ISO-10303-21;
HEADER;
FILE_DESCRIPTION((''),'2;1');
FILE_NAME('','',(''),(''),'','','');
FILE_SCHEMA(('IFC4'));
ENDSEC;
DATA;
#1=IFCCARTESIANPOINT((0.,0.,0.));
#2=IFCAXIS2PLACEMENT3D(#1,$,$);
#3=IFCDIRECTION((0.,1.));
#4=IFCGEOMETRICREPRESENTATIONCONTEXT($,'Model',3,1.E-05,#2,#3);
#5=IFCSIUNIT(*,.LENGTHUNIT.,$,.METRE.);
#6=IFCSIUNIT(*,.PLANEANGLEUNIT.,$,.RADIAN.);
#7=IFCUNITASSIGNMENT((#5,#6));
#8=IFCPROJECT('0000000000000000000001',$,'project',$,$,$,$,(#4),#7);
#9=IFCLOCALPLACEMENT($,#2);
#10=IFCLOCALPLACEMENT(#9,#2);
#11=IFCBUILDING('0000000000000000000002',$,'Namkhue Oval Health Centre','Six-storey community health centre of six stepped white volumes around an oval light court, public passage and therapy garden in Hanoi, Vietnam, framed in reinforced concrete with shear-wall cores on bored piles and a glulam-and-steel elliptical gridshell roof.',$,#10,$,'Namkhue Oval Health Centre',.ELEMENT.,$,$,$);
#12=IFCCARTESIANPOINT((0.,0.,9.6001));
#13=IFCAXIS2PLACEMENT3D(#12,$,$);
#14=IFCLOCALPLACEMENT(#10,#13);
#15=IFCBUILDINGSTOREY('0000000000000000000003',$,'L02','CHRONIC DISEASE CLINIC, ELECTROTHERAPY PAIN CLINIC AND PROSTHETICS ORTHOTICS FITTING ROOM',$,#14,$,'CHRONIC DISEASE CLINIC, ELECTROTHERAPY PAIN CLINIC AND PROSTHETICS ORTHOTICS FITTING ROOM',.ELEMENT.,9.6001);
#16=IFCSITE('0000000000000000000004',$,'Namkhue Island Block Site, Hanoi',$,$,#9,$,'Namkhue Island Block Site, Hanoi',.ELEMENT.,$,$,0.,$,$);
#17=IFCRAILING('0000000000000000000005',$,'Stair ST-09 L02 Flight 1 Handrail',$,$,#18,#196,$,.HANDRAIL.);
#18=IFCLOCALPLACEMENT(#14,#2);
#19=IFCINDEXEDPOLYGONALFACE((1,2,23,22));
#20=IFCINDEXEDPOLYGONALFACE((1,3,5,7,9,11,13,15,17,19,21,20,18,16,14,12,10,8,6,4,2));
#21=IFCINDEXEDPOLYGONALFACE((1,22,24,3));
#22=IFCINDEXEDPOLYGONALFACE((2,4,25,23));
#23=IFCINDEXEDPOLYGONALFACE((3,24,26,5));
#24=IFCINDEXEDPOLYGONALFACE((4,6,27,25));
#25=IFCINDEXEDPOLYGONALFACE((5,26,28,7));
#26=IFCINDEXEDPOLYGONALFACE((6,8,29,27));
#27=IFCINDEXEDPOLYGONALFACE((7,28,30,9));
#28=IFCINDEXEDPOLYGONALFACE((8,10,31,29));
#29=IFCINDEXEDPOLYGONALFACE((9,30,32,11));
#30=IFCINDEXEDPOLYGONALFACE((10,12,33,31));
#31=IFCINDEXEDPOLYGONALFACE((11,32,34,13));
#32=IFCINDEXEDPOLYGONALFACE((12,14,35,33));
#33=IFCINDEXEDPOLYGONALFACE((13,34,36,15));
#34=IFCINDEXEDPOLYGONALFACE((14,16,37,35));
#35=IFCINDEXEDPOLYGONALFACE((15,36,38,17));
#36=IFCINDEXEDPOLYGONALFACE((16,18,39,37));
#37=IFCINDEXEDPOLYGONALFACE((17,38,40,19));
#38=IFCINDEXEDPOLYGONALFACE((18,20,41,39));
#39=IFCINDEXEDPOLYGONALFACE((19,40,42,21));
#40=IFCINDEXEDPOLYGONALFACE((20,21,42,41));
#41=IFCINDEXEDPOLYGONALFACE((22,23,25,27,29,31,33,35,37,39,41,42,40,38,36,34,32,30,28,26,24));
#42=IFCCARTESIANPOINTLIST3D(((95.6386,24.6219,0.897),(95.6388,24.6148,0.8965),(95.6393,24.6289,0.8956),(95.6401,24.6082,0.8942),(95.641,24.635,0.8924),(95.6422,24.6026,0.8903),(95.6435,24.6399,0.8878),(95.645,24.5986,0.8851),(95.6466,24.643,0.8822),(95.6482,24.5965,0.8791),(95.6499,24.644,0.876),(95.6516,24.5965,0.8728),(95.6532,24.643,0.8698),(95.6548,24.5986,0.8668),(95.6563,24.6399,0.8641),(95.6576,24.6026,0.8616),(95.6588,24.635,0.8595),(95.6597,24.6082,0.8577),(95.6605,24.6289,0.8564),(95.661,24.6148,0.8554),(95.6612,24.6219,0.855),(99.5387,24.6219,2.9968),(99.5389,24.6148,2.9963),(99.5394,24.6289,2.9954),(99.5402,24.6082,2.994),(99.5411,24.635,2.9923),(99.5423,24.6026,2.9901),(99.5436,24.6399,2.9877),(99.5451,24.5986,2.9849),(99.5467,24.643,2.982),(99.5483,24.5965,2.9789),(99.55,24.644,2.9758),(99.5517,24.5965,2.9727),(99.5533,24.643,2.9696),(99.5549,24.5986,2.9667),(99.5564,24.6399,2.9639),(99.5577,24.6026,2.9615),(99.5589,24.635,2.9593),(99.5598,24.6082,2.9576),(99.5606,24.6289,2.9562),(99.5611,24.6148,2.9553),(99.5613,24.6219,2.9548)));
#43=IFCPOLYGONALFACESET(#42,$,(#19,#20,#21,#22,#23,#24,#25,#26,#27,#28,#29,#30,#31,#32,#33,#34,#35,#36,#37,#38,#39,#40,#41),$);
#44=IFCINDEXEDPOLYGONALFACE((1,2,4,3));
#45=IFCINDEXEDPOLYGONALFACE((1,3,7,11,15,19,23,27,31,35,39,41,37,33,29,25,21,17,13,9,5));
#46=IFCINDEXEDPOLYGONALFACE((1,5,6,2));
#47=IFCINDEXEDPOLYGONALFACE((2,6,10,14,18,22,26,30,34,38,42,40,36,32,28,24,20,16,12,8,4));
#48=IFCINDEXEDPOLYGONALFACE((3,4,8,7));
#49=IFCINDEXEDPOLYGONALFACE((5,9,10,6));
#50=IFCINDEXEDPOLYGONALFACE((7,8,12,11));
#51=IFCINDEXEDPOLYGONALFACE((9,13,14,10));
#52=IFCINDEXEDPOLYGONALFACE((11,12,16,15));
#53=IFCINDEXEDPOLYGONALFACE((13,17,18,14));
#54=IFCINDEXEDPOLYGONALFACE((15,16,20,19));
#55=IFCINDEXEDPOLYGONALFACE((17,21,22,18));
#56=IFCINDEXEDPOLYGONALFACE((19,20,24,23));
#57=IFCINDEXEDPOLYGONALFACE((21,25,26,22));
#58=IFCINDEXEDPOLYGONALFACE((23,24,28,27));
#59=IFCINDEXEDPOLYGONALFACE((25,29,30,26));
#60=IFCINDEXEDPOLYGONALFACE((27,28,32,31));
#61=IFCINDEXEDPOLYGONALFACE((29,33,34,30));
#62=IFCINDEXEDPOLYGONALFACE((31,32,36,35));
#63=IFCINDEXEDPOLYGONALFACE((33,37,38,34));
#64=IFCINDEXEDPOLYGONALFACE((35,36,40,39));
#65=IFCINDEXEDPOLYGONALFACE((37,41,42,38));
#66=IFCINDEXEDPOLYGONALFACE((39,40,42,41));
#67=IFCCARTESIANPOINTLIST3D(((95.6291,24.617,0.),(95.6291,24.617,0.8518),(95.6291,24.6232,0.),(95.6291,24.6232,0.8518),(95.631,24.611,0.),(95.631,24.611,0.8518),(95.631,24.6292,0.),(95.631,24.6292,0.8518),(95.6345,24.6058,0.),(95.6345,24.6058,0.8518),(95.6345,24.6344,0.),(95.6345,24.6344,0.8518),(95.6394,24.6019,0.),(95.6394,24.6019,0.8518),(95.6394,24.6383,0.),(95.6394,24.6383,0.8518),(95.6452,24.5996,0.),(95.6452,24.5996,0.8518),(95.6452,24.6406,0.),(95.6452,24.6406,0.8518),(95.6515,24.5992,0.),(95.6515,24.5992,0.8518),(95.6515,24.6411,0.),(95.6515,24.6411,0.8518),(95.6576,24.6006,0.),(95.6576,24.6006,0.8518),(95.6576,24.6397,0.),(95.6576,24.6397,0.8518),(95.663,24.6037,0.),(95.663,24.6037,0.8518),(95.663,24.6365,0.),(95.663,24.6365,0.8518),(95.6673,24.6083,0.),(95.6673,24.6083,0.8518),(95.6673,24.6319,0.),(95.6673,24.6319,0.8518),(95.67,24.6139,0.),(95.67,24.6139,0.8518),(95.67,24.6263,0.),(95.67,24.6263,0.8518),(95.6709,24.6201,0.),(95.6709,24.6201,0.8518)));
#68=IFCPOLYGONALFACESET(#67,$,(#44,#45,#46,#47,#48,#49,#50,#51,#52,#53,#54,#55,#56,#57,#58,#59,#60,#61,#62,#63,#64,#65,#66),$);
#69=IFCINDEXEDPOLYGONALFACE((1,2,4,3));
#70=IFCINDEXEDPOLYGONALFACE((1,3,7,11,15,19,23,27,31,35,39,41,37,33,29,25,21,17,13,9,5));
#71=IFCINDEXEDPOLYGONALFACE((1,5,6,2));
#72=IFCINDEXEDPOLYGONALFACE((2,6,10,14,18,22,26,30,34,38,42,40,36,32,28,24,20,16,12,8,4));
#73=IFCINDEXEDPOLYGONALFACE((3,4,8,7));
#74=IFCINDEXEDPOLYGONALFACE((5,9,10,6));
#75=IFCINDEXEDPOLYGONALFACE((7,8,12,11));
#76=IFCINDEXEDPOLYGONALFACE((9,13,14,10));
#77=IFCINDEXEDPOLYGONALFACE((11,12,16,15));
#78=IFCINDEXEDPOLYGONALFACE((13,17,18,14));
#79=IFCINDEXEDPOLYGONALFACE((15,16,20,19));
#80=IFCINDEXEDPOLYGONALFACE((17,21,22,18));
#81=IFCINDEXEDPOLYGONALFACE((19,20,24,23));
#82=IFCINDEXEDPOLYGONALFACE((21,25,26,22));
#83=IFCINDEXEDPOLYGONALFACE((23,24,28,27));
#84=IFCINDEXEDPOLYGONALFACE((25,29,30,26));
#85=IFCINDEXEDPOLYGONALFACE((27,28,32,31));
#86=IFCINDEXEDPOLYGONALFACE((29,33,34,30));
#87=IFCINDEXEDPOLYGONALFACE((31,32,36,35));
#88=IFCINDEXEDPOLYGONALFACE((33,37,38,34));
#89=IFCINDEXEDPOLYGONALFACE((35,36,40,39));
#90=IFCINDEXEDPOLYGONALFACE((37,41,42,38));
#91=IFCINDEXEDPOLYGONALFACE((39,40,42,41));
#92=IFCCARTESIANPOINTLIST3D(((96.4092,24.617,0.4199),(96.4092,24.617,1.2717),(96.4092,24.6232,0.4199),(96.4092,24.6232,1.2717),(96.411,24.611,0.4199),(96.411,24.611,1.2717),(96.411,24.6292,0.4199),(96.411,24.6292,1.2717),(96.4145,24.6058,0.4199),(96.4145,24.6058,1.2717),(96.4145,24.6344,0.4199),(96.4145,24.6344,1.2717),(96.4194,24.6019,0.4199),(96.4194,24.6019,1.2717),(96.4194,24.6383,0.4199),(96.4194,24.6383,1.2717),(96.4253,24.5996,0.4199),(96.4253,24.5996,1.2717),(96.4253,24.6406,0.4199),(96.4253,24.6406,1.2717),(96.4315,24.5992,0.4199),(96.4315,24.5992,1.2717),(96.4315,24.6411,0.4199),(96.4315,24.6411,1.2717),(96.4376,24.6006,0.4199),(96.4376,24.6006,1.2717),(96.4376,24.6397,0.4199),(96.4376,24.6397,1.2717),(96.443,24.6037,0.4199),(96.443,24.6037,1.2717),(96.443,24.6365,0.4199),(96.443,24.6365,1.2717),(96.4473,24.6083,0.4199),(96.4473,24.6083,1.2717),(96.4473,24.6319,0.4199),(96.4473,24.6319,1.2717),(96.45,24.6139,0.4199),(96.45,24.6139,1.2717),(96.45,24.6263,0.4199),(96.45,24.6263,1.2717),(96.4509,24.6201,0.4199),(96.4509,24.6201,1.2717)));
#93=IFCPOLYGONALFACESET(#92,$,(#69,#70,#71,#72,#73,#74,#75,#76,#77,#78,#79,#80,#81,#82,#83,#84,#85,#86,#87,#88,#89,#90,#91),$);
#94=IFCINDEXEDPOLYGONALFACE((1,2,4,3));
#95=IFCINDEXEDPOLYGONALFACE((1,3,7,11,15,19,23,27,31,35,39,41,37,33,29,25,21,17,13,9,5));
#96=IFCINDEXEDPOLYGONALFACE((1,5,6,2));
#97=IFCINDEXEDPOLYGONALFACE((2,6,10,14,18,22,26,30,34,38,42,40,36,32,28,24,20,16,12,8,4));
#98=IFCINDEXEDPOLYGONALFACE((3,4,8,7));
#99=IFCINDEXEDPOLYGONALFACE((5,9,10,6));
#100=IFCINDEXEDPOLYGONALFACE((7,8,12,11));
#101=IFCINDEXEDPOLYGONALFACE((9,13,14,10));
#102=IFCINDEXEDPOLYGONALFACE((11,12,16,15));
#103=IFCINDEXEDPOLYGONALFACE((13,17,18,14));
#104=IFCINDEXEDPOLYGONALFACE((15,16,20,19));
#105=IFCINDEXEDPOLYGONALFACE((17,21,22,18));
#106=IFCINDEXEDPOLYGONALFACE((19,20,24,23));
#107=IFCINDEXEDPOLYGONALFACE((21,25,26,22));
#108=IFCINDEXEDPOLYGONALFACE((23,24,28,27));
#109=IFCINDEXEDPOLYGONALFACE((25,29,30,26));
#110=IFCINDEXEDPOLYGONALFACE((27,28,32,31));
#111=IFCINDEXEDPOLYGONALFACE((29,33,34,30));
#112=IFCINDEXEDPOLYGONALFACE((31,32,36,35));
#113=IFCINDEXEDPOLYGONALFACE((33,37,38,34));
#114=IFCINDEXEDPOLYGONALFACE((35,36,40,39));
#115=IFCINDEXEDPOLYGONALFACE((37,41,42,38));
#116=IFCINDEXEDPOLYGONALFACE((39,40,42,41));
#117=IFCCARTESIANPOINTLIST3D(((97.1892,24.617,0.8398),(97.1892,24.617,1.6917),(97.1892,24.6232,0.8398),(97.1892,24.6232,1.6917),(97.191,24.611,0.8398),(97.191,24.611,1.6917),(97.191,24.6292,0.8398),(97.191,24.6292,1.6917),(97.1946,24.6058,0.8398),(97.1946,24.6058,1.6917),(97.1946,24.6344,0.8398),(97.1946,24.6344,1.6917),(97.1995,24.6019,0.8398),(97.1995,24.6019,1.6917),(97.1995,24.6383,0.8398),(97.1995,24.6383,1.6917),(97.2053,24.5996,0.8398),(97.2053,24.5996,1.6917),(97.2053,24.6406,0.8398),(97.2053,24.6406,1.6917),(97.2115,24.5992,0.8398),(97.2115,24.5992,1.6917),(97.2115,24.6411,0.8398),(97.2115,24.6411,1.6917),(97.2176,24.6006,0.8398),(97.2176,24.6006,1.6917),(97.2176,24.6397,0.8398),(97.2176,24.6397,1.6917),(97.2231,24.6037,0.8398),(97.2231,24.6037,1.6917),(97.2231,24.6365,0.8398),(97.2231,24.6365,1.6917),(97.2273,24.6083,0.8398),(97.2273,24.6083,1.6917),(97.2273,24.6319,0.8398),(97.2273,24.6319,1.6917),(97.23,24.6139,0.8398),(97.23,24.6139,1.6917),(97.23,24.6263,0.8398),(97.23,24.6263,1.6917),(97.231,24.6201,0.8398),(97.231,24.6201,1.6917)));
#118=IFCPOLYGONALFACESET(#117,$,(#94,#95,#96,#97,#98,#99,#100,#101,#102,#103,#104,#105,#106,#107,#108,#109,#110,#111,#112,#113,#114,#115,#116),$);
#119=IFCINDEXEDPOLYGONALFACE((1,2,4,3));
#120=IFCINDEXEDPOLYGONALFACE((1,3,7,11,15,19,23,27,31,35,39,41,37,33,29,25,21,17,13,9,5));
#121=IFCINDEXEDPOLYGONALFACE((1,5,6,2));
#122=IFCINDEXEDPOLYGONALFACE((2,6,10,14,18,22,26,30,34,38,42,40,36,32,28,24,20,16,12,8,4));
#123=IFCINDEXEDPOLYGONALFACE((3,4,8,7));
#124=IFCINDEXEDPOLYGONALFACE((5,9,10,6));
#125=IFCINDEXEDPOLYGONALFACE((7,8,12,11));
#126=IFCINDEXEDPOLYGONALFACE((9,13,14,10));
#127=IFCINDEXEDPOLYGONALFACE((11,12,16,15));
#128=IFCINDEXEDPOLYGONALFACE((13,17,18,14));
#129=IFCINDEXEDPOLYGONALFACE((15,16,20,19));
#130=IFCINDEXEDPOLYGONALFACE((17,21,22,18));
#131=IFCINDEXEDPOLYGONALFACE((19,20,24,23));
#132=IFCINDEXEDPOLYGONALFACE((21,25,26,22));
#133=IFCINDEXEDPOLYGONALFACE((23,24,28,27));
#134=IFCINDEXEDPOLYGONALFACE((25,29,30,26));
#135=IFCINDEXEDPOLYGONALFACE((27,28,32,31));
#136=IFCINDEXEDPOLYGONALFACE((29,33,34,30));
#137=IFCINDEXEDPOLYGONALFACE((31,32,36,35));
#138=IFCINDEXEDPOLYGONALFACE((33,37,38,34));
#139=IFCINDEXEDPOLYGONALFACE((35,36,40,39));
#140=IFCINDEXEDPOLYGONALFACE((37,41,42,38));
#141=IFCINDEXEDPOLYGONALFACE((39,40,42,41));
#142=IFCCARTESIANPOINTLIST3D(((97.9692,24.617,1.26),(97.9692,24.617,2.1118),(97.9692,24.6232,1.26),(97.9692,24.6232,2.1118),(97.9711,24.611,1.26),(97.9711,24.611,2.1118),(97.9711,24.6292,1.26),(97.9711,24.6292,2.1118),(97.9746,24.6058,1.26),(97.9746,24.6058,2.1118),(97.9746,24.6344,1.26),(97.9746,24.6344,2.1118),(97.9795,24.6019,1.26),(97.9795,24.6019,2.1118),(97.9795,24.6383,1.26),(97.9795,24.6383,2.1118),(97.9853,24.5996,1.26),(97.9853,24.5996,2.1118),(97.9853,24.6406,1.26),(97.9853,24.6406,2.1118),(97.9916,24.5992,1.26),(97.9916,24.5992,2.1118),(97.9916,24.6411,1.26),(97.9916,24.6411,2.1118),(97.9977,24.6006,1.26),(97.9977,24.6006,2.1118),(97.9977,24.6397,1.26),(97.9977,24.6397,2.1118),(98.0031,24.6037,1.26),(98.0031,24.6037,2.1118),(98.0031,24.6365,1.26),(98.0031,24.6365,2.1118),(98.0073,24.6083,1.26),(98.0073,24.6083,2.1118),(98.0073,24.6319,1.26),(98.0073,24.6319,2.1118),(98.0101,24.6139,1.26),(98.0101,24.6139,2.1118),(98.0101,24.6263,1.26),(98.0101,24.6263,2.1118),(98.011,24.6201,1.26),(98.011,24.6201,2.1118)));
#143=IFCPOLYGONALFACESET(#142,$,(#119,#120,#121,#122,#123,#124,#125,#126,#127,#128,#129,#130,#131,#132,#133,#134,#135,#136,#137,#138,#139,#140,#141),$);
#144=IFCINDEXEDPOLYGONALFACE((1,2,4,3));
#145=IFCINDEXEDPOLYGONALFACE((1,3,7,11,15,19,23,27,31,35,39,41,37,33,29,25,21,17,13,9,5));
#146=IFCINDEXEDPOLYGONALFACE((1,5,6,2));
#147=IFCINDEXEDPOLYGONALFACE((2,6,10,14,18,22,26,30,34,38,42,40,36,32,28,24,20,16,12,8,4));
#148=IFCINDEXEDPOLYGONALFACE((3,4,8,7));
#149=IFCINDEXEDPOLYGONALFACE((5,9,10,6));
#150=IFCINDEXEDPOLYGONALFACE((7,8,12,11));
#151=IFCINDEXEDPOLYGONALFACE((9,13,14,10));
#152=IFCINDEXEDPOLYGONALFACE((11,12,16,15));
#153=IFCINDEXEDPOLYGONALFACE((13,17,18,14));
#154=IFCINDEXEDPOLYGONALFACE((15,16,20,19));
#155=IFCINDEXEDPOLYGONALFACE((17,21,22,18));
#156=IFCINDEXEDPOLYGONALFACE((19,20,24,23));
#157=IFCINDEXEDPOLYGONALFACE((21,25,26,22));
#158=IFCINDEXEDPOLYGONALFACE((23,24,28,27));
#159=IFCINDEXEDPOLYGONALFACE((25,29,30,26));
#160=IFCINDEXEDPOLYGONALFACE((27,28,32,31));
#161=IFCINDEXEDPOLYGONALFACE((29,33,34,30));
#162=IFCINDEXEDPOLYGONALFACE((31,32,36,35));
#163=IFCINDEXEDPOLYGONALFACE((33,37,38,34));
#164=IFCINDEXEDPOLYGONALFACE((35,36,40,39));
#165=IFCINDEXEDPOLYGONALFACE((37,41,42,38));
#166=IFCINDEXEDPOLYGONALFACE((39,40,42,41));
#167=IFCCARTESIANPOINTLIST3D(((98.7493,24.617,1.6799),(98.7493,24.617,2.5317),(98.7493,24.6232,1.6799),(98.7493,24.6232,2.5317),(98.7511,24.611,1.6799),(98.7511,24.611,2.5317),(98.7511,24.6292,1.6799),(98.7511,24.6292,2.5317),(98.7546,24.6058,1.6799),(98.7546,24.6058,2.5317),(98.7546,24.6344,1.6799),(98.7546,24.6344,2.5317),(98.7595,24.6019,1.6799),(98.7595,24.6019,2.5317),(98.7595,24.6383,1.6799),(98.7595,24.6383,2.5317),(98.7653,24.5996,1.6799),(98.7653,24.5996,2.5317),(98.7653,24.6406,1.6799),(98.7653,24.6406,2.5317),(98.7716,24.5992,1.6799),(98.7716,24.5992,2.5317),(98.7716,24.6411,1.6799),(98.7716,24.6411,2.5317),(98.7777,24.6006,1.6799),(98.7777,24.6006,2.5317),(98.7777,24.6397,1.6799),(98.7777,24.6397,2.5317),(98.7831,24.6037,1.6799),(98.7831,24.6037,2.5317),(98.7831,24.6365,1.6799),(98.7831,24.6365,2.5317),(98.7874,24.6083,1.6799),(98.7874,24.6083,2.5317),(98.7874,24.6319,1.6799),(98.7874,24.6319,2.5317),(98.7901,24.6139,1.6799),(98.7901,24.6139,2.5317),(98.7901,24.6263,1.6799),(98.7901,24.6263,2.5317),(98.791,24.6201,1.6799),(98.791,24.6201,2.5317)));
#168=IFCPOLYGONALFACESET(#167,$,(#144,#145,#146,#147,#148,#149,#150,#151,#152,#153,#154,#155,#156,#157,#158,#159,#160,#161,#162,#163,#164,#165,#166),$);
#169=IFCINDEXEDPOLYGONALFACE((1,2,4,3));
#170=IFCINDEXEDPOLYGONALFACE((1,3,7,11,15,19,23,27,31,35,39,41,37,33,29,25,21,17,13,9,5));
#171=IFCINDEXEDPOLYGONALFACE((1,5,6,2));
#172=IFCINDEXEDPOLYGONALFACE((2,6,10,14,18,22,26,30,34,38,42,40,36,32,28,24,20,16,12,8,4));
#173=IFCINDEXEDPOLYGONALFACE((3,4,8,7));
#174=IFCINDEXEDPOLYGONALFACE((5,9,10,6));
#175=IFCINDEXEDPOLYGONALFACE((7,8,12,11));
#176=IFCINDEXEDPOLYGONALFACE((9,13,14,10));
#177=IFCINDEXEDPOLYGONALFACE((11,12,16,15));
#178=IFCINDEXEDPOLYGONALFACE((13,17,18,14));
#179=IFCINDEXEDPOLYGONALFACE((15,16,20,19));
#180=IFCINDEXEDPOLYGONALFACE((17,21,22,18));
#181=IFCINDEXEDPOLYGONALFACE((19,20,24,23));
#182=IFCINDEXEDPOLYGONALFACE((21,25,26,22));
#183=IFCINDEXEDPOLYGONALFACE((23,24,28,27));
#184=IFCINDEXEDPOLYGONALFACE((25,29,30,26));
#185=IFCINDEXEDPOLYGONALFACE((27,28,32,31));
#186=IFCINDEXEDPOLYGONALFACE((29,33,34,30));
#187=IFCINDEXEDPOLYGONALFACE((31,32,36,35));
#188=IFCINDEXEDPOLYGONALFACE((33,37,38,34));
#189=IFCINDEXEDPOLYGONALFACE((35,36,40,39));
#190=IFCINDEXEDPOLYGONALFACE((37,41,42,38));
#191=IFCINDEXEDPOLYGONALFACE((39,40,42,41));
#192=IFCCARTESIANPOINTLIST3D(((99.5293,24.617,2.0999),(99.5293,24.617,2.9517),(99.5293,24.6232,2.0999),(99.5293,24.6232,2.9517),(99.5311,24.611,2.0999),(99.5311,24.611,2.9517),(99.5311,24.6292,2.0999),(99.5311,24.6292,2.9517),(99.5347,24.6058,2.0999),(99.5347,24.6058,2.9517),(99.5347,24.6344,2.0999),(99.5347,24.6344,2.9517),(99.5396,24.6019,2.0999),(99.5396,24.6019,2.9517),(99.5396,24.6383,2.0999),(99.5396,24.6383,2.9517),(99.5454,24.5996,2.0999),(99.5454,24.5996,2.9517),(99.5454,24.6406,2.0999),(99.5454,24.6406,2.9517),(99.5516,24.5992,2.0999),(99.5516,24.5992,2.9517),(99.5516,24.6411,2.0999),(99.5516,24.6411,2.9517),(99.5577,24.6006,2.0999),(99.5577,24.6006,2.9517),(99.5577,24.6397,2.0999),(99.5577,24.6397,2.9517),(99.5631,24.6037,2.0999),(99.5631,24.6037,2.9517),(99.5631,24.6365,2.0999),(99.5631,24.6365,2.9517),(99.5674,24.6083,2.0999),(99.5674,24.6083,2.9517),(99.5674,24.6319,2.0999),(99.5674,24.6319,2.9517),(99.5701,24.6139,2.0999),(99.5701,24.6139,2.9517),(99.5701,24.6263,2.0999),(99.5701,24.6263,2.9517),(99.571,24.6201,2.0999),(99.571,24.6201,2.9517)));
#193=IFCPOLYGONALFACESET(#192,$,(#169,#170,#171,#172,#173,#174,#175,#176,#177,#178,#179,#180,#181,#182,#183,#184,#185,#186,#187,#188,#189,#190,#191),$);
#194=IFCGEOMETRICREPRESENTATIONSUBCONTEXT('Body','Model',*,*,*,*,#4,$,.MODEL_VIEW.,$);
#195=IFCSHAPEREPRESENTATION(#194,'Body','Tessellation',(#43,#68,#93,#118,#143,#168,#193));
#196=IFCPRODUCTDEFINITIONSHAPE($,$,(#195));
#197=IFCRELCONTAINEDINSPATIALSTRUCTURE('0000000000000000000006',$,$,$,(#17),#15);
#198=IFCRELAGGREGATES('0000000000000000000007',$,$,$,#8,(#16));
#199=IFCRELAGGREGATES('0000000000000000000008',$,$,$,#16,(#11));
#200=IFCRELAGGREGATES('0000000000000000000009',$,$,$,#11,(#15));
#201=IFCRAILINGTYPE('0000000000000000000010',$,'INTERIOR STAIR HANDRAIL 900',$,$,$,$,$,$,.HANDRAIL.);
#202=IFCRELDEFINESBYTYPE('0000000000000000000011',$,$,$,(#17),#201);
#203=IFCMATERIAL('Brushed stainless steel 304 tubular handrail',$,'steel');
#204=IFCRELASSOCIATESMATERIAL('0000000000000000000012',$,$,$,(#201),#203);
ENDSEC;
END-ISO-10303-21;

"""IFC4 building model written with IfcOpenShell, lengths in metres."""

from ifc_helpers import new_model, si_unit, direction, frame, origin, origin_2d, place, context, subcontext, project, spatial, circle, extrude, material, type_object, element, save


model = new_model("IFC4")

# Units and contexts
model_context = context("Model", 3, precision=1e-05, world=origin(), true_north=direction((0.0, 1.0)))
body_context = subcontext(model_context, "Body", "Model", "MODEL_VIEW")
ifc_project = project(units=[si_unit("LENGTHUNIT", "METRE"), si_unit("PLANEANGLEUNIT", "RADIAN")], contexts=[model_context])

# Site, building, storey
site_placement = place(None, origin())
site = spatial("IfcSite", under=ifc_project, at=site_placement, Name="Namkhue Island Block Site, Hanoi", LongName="Namkhue Island Block Site, Hanoi", CompositionType="ELEMENT", RefElevation=0.0)
building_placement = place(site_placement, origin())
building = spatial("IfcBuilding", under=site, at=building_placement, Name="Namkhue Oval Health Centre", Description="Six-storey community health centre of six stepped white volumes around an oval light court, public passage and therapy garden in Hanoi, Vietnam, framed in reinforced concrete with shear-wall cores on bored piles and a glulam-and-steel elliptical gridshell roof.", LongName="Namkhue Oval Health Centre", CompositionType="ELEMENT")
storey_placement = place(building_placement, frame((0.0, 0.0, 9.6001)))
storey = spatial("IfcBuildingStorey", under=building, at=storey_placement, Name="L02", Description="CHRONIC DISEASE CLINIC, ELECTROTHERAPY PAIN CLINIC AND PROSTHETICS ORTHOTICS FITTING ROOM", LongName="CHRONIC DISEASE CLINIC, ELECTROTHERAPY PAIN CLINIC AND PROSTHETICS ORTHOTICS FITTING ROOM", CompositionType="ELEMENT", Elevation=9.6001)

# Railing
ifc_material_1 = material(Name="Brushed stainless steel 304 tubular handrail", Category="steel")
railing_type_1 = type_object("IfcRailingType", Name="INTERIOR STAIR HANDRAIL 900", PredefinedType="HANDRAIL", material=ifc_material_1)
railing_1_placement = place(storey_placement, frame((95.6499, 24.6201, 0.0)))
element("IfcRailing", 1, at=railing_1_placement, inside=storey, type_object=railing_type_1, Name="Stair ST-09 L02 Flight 1 Handrail", PredefinedType="HANDRAIL", context=body_context, shape_type="SweptSolid", body=[
    extrude(circle(Radius=0.0239, at=origin_2d()), frame((0.0, 0.0, 0.876), z_axis=(0.880492, 0.0, 0.47406), x_axis=(0.0, 1.0, 0.0)), (0.0, 0.0, 1.0), 4.4294),
    extrude(circle(Radius=0.021, at=origin_2d()), origin(), (0.0, 0.0, 1.0), 0.8518),
    extrude(circle(Radius=0.021, at=origin_2d()), frame((0.78, 0.0, 0.4199)), (0.0, 0.0, 1.0), 0.8518),
    extrude(circle(Radius=0.021, at=origin_2d()), frame((1.5601, 0.0, 0.8398)), (0.0, 0.0, 1.0), 0.8518),
    extrude(circle(Radius=0.021, at=origin_2d()), frame((2.3401, 0.0, 1.26)), (0.0, 0.0, 1.0), 0.8518),
    extrude(circle(Radius=0.021, at=origin_2d()), frame((3.1201, 0.0, 1.6799)), (0.0, 0.0, 1.0), 0.8518),
    extrude(circle(Radius=0.021, at=origin_2d()), frame((3.9001, 0.0, 2.0999)), (0.0, 0.0, 1.0), 0.8518),
])

save(model, "model.ifc")
